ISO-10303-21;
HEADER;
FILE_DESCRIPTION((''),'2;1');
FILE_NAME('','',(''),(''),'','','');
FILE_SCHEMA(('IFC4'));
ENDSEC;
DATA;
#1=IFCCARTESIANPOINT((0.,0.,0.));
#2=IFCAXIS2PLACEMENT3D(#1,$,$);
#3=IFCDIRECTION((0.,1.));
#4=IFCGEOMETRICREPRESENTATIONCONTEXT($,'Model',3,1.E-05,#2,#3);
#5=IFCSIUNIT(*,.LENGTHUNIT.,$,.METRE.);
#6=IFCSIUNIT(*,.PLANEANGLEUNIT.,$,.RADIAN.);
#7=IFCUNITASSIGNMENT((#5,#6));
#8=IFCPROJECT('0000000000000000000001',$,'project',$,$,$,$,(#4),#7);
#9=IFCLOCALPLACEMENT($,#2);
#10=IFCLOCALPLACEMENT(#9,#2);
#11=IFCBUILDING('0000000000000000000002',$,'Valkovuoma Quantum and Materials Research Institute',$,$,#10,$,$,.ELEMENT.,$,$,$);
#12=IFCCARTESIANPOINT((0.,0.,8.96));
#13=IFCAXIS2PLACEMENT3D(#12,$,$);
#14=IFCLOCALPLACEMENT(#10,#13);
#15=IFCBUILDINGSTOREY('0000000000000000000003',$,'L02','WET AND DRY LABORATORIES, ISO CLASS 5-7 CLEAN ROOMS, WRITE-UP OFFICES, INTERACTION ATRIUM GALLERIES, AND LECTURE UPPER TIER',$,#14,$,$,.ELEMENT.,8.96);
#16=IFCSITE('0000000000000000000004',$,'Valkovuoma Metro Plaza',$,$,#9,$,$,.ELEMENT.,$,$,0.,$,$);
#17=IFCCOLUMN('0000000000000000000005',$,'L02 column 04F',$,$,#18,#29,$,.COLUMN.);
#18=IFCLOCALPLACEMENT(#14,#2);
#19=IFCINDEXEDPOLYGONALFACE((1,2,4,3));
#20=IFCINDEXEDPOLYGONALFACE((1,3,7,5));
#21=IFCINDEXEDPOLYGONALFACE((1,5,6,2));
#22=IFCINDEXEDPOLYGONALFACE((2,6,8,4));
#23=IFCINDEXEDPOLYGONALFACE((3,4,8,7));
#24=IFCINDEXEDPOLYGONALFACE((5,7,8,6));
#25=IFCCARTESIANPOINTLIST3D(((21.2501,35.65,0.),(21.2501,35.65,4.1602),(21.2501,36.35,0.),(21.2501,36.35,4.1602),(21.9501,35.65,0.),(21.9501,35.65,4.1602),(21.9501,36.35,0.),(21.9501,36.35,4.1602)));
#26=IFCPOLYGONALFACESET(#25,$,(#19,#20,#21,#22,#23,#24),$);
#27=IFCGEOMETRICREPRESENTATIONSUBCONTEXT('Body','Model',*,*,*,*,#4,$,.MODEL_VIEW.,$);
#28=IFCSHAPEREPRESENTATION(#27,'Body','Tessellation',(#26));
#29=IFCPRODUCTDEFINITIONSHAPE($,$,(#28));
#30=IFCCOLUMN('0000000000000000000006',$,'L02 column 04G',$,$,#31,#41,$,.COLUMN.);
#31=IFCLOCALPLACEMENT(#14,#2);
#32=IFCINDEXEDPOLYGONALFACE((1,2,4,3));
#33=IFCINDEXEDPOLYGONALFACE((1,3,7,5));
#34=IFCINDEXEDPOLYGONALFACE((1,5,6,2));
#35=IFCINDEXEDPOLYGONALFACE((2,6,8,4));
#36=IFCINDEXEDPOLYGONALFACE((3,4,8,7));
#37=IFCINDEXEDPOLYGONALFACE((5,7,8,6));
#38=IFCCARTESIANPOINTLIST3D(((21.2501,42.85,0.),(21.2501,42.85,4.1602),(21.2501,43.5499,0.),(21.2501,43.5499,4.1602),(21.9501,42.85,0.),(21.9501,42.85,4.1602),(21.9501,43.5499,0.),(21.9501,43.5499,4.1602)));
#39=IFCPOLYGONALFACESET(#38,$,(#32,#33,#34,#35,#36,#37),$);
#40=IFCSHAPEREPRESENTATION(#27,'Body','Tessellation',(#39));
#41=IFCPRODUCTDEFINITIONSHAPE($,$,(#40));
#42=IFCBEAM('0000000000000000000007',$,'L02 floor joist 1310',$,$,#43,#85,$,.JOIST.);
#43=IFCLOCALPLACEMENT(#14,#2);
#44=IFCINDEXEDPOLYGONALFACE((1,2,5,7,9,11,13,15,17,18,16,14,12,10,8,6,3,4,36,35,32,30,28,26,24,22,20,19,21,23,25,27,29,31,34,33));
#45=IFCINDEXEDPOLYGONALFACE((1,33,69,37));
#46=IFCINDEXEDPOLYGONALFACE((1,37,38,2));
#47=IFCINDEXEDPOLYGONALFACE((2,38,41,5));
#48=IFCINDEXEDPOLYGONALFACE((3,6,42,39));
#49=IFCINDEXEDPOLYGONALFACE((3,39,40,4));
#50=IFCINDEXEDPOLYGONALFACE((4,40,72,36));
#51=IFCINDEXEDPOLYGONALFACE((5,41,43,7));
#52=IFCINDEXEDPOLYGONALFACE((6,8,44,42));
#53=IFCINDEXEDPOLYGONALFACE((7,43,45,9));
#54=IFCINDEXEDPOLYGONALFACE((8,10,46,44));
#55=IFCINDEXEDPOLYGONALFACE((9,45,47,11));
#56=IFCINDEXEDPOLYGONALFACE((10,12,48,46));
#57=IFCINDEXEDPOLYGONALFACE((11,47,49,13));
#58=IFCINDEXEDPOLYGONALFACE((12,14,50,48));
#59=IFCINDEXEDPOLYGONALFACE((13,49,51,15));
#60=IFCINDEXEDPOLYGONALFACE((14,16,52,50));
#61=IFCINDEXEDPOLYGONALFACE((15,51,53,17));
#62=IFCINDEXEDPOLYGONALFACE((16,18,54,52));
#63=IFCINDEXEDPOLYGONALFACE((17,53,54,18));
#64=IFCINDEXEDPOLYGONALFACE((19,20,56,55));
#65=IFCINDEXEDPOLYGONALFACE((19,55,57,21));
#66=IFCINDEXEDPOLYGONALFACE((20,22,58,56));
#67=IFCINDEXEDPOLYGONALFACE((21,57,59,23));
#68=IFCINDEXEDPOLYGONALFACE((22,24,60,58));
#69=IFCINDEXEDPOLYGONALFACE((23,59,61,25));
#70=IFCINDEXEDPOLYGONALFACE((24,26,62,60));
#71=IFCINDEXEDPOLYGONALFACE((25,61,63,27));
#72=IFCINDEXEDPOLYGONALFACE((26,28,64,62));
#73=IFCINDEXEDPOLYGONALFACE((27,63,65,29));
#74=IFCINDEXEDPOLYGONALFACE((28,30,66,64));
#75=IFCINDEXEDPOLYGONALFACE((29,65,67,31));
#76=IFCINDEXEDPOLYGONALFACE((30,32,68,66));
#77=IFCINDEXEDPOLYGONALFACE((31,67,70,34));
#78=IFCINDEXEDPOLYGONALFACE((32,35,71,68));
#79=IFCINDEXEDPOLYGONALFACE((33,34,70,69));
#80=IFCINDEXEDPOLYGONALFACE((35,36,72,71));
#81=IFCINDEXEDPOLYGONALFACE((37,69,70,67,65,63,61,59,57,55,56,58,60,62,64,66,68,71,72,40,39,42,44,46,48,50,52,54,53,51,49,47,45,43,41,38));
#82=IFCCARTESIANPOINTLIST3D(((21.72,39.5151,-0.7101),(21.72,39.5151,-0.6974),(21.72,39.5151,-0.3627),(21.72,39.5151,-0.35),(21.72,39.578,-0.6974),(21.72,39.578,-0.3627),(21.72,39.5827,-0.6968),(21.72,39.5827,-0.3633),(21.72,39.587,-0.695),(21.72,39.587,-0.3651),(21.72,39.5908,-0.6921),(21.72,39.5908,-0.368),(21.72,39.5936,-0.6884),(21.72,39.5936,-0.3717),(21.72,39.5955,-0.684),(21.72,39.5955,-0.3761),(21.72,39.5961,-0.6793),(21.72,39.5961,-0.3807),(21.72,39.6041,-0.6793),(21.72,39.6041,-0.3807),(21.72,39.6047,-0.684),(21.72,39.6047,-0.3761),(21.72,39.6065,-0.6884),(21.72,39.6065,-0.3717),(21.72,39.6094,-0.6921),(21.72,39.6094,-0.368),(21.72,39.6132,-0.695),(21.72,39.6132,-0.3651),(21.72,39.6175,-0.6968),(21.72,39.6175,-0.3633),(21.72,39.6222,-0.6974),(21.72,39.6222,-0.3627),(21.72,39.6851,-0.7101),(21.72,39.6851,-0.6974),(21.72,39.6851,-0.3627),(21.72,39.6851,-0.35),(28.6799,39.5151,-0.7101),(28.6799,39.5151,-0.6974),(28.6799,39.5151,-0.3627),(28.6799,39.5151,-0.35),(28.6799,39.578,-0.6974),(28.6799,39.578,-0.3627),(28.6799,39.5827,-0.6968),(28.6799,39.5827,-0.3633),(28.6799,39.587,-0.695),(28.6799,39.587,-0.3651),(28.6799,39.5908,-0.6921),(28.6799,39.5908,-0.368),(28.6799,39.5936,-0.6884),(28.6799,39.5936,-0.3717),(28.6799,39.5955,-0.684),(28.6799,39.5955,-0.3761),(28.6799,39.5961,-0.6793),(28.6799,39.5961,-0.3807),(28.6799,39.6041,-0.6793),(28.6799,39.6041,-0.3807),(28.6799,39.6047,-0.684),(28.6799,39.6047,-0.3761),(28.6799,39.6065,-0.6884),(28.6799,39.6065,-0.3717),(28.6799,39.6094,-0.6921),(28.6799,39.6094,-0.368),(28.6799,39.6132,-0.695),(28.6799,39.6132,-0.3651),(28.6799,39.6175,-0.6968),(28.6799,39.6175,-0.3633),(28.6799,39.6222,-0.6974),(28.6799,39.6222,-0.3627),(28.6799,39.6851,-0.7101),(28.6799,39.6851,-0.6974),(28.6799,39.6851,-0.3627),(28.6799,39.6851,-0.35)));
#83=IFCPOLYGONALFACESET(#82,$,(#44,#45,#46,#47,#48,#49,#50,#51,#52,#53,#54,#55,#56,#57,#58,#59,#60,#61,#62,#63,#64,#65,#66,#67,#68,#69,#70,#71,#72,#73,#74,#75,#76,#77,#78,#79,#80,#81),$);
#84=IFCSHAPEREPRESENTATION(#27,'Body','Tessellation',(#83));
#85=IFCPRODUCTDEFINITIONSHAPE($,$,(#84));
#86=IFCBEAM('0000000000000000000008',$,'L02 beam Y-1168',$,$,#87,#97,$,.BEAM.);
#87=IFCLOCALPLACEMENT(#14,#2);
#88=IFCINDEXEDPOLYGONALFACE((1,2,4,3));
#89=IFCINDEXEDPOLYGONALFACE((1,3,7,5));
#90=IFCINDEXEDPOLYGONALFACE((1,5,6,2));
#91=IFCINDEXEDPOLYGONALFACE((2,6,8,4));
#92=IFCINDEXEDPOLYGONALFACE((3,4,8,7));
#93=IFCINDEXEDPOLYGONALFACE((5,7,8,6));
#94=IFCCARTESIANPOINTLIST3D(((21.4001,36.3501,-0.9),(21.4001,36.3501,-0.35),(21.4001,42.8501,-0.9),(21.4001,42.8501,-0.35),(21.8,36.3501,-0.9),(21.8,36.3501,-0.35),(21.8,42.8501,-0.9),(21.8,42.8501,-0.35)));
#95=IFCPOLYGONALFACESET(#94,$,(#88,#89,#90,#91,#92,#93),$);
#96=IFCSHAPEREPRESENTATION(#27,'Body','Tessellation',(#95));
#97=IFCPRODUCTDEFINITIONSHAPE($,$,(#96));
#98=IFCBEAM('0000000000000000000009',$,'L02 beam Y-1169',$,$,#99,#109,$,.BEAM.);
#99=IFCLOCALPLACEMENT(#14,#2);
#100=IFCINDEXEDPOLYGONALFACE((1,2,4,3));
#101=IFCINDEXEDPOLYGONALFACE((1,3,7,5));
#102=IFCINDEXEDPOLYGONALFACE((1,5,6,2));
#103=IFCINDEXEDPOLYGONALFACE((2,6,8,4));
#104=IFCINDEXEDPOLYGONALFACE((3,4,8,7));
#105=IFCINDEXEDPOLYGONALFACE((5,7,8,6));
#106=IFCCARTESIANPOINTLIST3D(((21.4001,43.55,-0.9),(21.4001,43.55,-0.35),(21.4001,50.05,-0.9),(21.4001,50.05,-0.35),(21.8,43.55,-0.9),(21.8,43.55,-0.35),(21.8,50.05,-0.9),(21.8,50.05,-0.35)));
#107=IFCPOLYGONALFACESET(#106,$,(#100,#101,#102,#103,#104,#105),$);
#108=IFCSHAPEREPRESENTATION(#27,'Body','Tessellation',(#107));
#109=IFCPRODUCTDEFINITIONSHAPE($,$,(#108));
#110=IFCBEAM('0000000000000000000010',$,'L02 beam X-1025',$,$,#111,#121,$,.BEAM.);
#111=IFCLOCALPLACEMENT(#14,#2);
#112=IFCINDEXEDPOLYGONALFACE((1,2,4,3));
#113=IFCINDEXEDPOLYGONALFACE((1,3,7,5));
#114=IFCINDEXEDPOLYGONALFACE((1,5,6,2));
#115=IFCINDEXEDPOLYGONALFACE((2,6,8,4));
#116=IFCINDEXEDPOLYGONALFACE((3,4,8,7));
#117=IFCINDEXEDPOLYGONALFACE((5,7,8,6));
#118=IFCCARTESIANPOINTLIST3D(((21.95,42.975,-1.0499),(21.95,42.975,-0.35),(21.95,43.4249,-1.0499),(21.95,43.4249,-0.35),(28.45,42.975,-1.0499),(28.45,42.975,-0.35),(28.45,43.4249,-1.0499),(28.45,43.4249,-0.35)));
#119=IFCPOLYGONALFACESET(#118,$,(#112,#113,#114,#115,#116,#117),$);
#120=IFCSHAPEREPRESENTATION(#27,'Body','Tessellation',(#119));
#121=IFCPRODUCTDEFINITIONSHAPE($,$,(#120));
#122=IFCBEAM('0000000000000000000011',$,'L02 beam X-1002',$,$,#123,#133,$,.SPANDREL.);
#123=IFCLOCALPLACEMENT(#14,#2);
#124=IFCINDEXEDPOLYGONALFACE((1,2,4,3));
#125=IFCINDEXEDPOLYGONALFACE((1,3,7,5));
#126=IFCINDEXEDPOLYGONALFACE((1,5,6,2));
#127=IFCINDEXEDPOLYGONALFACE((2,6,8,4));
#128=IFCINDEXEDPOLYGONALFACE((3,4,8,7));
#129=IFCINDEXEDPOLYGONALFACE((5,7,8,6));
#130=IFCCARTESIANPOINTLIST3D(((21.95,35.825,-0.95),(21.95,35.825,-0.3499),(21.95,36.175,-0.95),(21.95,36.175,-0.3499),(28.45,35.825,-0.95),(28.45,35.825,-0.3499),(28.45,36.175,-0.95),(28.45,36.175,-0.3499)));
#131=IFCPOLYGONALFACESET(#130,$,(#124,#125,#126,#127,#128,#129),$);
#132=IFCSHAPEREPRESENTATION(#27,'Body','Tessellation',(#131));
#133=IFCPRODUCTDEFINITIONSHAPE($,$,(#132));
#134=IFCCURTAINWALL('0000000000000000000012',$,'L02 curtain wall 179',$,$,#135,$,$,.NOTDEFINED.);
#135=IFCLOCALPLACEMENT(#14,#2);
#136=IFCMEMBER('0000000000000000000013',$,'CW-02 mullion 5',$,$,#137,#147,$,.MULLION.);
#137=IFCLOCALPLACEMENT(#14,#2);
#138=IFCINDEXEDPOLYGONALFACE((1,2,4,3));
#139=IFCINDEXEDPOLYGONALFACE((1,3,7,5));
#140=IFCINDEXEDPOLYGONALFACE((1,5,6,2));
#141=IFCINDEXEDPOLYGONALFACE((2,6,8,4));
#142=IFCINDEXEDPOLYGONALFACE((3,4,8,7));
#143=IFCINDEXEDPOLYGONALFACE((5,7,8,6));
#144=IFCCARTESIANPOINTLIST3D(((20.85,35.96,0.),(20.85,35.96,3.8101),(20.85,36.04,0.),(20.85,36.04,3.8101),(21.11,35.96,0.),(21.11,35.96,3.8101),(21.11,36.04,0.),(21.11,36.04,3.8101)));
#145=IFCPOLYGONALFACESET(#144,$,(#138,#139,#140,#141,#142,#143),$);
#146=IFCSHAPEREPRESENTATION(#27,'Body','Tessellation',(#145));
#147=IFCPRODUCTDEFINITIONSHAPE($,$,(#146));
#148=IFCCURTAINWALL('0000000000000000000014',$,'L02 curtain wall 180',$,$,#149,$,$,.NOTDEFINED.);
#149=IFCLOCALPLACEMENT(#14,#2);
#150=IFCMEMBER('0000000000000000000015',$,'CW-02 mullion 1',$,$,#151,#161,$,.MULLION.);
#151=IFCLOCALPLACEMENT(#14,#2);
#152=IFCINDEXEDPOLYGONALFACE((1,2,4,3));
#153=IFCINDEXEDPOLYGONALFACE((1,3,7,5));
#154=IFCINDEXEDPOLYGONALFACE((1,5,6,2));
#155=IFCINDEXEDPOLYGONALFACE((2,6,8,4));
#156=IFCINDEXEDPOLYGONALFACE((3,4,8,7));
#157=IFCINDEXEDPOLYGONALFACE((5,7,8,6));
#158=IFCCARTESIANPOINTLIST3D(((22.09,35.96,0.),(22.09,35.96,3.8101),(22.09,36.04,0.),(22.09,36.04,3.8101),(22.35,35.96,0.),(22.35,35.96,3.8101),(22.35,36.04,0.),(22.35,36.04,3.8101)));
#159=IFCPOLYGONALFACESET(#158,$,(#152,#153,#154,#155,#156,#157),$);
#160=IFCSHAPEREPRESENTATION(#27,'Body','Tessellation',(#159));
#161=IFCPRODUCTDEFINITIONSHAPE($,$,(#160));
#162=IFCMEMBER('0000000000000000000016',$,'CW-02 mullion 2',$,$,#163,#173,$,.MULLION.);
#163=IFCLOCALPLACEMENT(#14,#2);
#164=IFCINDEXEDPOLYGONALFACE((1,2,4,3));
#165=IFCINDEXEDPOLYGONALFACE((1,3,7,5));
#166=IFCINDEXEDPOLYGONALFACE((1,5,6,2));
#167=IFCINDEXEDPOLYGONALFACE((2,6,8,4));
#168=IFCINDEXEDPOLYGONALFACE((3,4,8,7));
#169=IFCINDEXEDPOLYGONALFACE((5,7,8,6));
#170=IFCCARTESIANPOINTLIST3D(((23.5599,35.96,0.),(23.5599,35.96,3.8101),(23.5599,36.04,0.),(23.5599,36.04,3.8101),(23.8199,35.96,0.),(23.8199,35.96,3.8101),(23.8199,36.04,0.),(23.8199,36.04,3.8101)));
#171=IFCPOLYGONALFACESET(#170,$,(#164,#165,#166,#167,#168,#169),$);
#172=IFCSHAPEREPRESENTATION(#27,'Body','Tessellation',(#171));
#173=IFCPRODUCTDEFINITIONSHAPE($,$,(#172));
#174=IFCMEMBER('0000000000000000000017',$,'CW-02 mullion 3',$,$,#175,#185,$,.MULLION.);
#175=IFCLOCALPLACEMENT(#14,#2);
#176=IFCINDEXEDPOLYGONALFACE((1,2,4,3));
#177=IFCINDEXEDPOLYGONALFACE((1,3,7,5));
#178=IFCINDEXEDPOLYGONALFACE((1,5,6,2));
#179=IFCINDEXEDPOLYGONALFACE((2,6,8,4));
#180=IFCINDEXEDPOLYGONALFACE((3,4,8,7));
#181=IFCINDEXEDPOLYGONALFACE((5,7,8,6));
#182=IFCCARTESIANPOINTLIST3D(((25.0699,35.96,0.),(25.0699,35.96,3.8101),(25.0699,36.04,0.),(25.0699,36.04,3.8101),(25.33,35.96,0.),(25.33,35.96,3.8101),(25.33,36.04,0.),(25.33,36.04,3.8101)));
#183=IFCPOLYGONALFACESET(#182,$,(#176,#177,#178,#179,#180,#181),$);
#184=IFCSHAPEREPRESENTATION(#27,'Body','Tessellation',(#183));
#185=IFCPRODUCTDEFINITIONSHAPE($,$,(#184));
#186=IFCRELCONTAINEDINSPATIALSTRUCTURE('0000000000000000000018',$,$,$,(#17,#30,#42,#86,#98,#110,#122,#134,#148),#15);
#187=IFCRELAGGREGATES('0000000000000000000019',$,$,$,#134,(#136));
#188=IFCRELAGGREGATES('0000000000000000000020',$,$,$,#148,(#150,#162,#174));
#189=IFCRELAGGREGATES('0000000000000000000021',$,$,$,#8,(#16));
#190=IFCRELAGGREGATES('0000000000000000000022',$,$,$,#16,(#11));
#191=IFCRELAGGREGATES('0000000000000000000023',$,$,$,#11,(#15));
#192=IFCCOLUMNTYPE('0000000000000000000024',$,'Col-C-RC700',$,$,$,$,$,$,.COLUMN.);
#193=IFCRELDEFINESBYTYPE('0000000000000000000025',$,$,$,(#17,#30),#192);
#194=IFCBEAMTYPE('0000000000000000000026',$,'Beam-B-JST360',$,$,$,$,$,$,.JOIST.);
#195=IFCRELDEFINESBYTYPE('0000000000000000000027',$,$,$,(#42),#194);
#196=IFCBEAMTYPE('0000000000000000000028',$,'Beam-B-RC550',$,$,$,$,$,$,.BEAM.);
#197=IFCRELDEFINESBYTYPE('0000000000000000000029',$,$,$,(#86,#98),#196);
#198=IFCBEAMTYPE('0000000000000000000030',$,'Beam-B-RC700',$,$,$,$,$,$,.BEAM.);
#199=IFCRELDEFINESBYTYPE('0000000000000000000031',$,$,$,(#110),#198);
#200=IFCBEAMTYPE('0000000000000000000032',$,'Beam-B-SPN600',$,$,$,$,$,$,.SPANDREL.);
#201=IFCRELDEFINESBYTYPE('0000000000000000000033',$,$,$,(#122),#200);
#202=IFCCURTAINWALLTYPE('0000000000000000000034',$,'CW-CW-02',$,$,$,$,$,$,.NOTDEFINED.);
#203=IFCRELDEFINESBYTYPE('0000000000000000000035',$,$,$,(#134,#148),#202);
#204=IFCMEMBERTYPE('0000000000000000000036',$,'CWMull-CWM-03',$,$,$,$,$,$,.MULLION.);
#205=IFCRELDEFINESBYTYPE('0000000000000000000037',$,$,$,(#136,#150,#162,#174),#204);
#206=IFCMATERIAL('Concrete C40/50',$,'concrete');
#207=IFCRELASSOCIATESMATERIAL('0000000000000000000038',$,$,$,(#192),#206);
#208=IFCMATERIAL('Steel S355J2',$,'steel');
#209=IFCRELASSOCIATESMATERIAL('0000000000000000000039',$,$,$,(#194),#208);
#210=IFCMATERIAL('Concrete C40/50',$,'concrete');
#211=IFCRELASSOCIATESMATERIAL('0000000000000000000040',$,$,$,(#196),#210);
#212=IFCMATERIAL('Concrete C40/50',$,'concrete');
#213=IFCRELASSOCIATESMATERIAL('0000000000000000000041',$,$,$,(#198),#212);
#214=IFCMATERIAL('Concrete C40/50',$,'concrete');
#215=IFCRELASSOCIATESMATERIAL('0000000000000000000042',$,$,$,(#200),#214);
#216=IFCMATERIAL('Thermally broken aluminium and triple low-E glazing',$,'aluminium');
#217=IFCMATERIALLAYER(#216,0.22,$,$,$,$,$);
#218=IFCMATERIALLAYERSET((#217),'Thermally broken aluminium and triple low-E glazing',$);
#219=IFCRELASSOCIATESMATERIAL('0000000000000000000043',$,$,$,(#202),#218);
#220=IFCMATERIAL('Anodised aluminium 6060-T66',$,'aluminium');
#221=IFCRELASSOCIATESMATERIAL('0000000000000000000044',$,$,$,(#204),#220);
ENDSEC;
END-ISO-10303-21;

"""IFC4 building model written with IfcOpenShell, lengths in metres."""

from ifc_helpers import new_model, si_unit, direction, frame, origin, origin_2d, place, context, subcontext, project, spatial, rectangle, i_section, extrude, material, layer, layer_set, material_profile, profile_set, type_object, element, aggregate, save


model = new_model("IFC4")

# Units and contexts
model_context = context("Model", 3, precision=1e-05, world=origin(), true_north=direction((0.0, 1.0)))
body_context = subcontext(model_context, "Body", "Model", "MODEL_VIEW")
ifc_project = project(units=[si_unit("LENGTHUNIT", "METRE"), si_unit("PLANEANGLEUNIT", "RADIAN")], contexts=[model_context])

# Site, building, storey
site_placement = place(None, origin())
site = spatial("IfcSite", under=ifc_project, at=site_placement, Name="Valkovuoma Metro Plaza", CompositionType="ELEMENT", RefElevation=0.0)
building_placement = place(site_placement, origin())
building = spatial("IfcBuilding", under=site, at=building_placement, Name="Valkovuoma Quantum and Materials Research Institute", CompositionType="ELEMENT")
storey_placement = place(building_placement, frame((0.0, 0.0, 8.96)))
storey = spatial("IfcBuildingStorey", under=building, at=storey_placement, Name="L02", Description="WET AND DRY LABORATORIES, ISO CLASS 5-7 CLEAN ROOMS, WRITE-UP OFFICES, INTERACTION ATRIUM GALLERIES, AND LECTURE UPPER TIER", CompositionType="ELEMENT", Elevation=8.96)

# Columns
ifc_material_1 = material(Name="Concrete C40/50", Category="concrete")
ifc_material_profile_1 = material_profile(ifc_material_1, rectangle(XDim=0.7, YDim=0.7, at=origin_2d()), Name="Concrete C40/50")
ifc_profile_set_1 = profile_set([ifc_material_profile_1], Name="Concrete C40/50")
column_type = type_object("IfcColumnType", Name="Col-C-RC700", PredefinedType="COLUMN", material=ifc_profile_set_1)
for number, where, z_axis, x_axis, name in (
    (1, (21.6001, 36.0, 0.0), (0.0, 0.0, 1.0), (1.0, 0.0, 0.0), "L02 column 04F"),
    (2, (21.6001, 43.2, 0.0), (0.0, 0.0, 1.0), (1.0, 0.0, 0.0), "L02 column 04G"),
):
    element("IfcColumn", number, at=place(storey_placement, frame(where, z_axis=z_axis, x_axis=x_axis)), inside=storey, type_object=column_type, Name=name, PredefinedType="COLUMN", context=body_context, shape_type="SweptSolid", body=[
        extrude(rectangle(XDim=0.7, YDim=0.7, at=origin_2d()), origin(), (0.0, 0.0, 1.0), 4.1602),
    ])

# Beams
ifc_material_2 = material(Name="Steel S355J2", Category="steel")
ifc_material_profile_2 = material_profile(ifc_material_2, i_section(OverallWidth=0.1699, OverallDepth=0.3601, WebThickness=0.0081, FlangeThickness=0.0127, FilletRadius=0.0181, at=origin_2d()), Name="Steel S355J2")
ifc_profile_set_2 = profile_set([ifc_material_profile_2], Name="Steel S355J2")
beam_type_1 = type_object("IfcBeamType", Name="Beam-B-JST360", PredefinedType="JOIST", material=ifc_profile_set_2)
beam_1_placement = place(storey_placement, frame((21.72, 39.6001, -0.53), z_axis=(1.0, 0.0, 0.0), x_axis=(0.0, 1.0, 0.0)))
element("IfcBeam", 3, at=beam_1_placement, inside=storey, type_object=beam_type_1, Name="L02 floor joist 1310", PredefinedType="JOIST", context=body_context, shape_type="SweptSolid", body=[
    extrude(i_section(OverallWidth=0.1699, OverallDepth=0.3601, WebThickness=0.0081, FlangeThickness=0.0127, FilletRadius=0.0181, at=origin_2d()), origin(), (0.0, 0.0, 1.0), 6.96),
])
ifc_material_3 = material(Name="Concrete C40/50", Category="concrete")
ifc_material_profile_3 = material_profile(ifc_material_3, rectangle(XDim=0.3999, YDim=0.55, at=origin_2d()), Name="Concrete C40/50")
ifc_profile_set_3 = profile_set([ifc_material_profile_3], Name="Concrete C40/50")
beam_type_2 = type_object("IfcBeamType", Name="Beam-B-RC550", PredefinedType="BEAM", material=ifc_profile_set_3)
for number, where, z_axis, x_axis, name in (
    (4, (21.6001, 36.3501, -0.625), (0.0, 1.0, 0.0), (-1.0, 0.0, 0.0), "L02 beam Y-1168"),
    (5, (21.6001, 43.55, -0.625), (0.0, 1.0, 0.0), (-1.0, 0.0, 0.0), "L02 beam Y-1169"),
):
    element("IfcBeam", number, at=place(storey_placement, frame(where, z_axis=z_axis, x_axis=x_axis)), inside=storey, type_object=beam_type_2, Name=name, PredefinedType="BEAM", context=body_context, shape_type="SweptSolid", body=[
        extrude(rectangle(XDim=0.3999, YDim=0.55, at=origin_2d()), origin(), (0.0, 0.0, 1.0), 6.5),
    ])
ifc_material_4 = material(Name="Concrete C40/50", Category="concrete")
ifc_material_profile_4 = material_profile(ifc_material_4, rectangle(XDim=0.45, YDim=0.7, at=origin_2d()), Name="Concrete C40/50")
ifc_profile_set_4 = profile_set([ifc_material_profile_4], Name="Concrete C40/50")
beam_type_3 = type_object("IfcBeamType", Name="Beam-B-RC700", PredefinedType="BEAM", material=ifc_profile_set_4)
beam_2_placement = place(storey_placement, frame((21.95, 43.2, -0.7), z_axis=(1.0, 0.0, 0.0), x_axis=(0.0, 1.0, 0.0)))
element("IfcBeam", 6, at=beam_2_placement, inside=storey, type_object=beam_type_3, Name="L02 beam X-1025", PredefinedType="BEAM", context=body_context, shape_type="SweptSolid", body=[
    extrude(rectangle(XDim=0.45, YDim=0.7, at=origin_2d()), origin(), (0.0, 0.0, 1.0), 6.5),
])
ifc_material_5 = material(Name="Concrete C40/50", Category="concrete")
ifc_material_profile_5 = material_profile(ifc_material_5, rectangle(XDim=0.3501, YDim=0.6001, at=origin_2d()), Name="Concrete C40/50")
ifc_profile_set_5 = profile_set([ifc_material_profile_5], Name="Concrete C40/50")
beam_type_4 = type_object("IfcBeamType", Name="Beam-B-SPN600", PredefinedType="SPANDREL", material=ifc_profile_set_5)
beam_3_placement = place(storey_placement, frame((21.95, 36.0, -0.6499), z_axis=(1.0, 0.0, 0.0), x_axis=(0.0, 1.0, 0.0)))
element("IfcBeam", 7, at=beam_3_placement, inside=storey, type_object=beam_type_4, Name="L02 beam X-1002", PredefinedType="SPANDREL", context=body_context, shape_type="SweptSolid", body=[
    extrude(rectangle(XDim=0.3501, YDim=0.6001, at=origin_2d()), origin(), (0.0, 0.0, 1.0), 6.5),
])

# Curtain wall, member
ifc_material_6 = material(Name="Thermally broken aluminium and triple low-E glazing", Category="aluminium")
ifc_layer_1 = layer(ifc_material_6, 0.22)
ifc_layer_set_1 = layer_set([ifc_layer_1], Name="Thermally broken aluminium and triple low-E glazing")
curtain_wall_type = type_object("IfcCurtainWallType", Name="CW-CW-02", PredefinedType="NOTDEFINED", material=ifc_layer_set_1)
curtain_wall_1_placement = place(storey_placement, origin())
curtain_wall_1 = element("IfcCurtainWall", 8, at=curtain_wall_1_placement, inside=storey, type_object=curtain_wall_type, Name="L02 curtain wall 179", PredefinedType="NOTDEFINED")
ifc_material_7 = material(Name="Anodised aluminium 6060-T66", Category="aluminium")
ifc_material_profile_6 = material_profile(ifc_material_7, rectangle(XDim=0.0801, YDim=0.26, at=origin_2d()), Name="Anodised aluminium 6060-T66")
ifc_profile_set_6 = profile_set([ifc_material_profile_6], Name="Anodised aluminium 6060-T66")
member_type_1 = type_object("IfcMemberType", Name="CWMull-CWM-03", PredefinedType="MULLION", material=ifc_profile_set_6)
member_1_placement = place(storey_placement, frame((20.98, 36.0, 0.0), z_axis=(0.0, 0.0, 1.0), x_axis=(0.0, 1.0, 0.0)))
member_1 = element("IfcMember", 9, at=member_1_placement, type_object=member_type_1, Name="CW-02 mullion 5", PredefinedType="MULLION", context=body_context, shape_type="SweptSolid", body=[
    extrude(rectangle(XDim=0.0801, YDim=0.26, at=origin_2d()), origin(), (0.0, 0.0, 1.0), 3.8101),
])

# Curtain wall, members
curtain_wall_2_placement = place(storey_placement, origin())
curtain_wall_2 = element("IfcCurtainWall", 10, at=curtain_wall_2_placement, inside=storey, type_object=curtain_wall_type, Name="L02 curtain wall 180", PredefinedType="NOTDEFINED")
member_2_placement = place(storey_placement, frame((22.22, 36.0, 0.0), z_axis=(0.0, 0.0, 1.0), x_axis=(0.0, 1.0, 0.0)))
member_2 = element("IfcMember", 11, at=member_2_placement, type_object=member_type_1, Name="CW-02 mullion 1", PredefinedType="MULLION", context=body_context, shape_type="SweptSolid", body=[
    extrude(rectangle(XDim=0.0801, YDim=0.26, at=origin_2d()), origin(), (0.0, 0.0, 1.0), 3.8101),
])
member_3_placement = place(storey_placement, frame((23.6899, 36.0, 0.0), z_axis=(0.0, 0.0, 1.0), x_axis=(0.0, 1.0, 0.0)))
member_3 = element("IfcMember", 12, at=member_3_placement, type_object=member_type_1, Name="CW-02 mullion 2", PredefinedType="MULLION", context=body_context, shape_type="SweptSolid", body=[
    extrude(rectangle(XDim=0.0801, YDim=0.26, at=origin_2d()), origin(), (0.0, 0.0, 1.0), 3.8101),
])
member_4_placement = place(storey_placement, frame((25.2, 36.0, 0.0), z_axis=(0.0, 0.0, 1.0), x_axis=(0.0, 1.0, 0.0)))
member_4 = element("IfcMember", 13, at=member_4_placement, type_object=member_type_1, Name="CW-02 mullion 3", PredefinedType="MULLION", context=body_context, shape_type="SweptSolid", body=[
    extrude(rectangle(XDim=0.0801, YDim=0.26, at=origin_2d()), origin(), (0.0, 0.0, 1.0), 3.8101),
])

aggregate(curtain_wall_1, [member_1])
aggregate(curtain_wall_2, [member_2, member_3, member_4])

save(model, "model.ifc")
